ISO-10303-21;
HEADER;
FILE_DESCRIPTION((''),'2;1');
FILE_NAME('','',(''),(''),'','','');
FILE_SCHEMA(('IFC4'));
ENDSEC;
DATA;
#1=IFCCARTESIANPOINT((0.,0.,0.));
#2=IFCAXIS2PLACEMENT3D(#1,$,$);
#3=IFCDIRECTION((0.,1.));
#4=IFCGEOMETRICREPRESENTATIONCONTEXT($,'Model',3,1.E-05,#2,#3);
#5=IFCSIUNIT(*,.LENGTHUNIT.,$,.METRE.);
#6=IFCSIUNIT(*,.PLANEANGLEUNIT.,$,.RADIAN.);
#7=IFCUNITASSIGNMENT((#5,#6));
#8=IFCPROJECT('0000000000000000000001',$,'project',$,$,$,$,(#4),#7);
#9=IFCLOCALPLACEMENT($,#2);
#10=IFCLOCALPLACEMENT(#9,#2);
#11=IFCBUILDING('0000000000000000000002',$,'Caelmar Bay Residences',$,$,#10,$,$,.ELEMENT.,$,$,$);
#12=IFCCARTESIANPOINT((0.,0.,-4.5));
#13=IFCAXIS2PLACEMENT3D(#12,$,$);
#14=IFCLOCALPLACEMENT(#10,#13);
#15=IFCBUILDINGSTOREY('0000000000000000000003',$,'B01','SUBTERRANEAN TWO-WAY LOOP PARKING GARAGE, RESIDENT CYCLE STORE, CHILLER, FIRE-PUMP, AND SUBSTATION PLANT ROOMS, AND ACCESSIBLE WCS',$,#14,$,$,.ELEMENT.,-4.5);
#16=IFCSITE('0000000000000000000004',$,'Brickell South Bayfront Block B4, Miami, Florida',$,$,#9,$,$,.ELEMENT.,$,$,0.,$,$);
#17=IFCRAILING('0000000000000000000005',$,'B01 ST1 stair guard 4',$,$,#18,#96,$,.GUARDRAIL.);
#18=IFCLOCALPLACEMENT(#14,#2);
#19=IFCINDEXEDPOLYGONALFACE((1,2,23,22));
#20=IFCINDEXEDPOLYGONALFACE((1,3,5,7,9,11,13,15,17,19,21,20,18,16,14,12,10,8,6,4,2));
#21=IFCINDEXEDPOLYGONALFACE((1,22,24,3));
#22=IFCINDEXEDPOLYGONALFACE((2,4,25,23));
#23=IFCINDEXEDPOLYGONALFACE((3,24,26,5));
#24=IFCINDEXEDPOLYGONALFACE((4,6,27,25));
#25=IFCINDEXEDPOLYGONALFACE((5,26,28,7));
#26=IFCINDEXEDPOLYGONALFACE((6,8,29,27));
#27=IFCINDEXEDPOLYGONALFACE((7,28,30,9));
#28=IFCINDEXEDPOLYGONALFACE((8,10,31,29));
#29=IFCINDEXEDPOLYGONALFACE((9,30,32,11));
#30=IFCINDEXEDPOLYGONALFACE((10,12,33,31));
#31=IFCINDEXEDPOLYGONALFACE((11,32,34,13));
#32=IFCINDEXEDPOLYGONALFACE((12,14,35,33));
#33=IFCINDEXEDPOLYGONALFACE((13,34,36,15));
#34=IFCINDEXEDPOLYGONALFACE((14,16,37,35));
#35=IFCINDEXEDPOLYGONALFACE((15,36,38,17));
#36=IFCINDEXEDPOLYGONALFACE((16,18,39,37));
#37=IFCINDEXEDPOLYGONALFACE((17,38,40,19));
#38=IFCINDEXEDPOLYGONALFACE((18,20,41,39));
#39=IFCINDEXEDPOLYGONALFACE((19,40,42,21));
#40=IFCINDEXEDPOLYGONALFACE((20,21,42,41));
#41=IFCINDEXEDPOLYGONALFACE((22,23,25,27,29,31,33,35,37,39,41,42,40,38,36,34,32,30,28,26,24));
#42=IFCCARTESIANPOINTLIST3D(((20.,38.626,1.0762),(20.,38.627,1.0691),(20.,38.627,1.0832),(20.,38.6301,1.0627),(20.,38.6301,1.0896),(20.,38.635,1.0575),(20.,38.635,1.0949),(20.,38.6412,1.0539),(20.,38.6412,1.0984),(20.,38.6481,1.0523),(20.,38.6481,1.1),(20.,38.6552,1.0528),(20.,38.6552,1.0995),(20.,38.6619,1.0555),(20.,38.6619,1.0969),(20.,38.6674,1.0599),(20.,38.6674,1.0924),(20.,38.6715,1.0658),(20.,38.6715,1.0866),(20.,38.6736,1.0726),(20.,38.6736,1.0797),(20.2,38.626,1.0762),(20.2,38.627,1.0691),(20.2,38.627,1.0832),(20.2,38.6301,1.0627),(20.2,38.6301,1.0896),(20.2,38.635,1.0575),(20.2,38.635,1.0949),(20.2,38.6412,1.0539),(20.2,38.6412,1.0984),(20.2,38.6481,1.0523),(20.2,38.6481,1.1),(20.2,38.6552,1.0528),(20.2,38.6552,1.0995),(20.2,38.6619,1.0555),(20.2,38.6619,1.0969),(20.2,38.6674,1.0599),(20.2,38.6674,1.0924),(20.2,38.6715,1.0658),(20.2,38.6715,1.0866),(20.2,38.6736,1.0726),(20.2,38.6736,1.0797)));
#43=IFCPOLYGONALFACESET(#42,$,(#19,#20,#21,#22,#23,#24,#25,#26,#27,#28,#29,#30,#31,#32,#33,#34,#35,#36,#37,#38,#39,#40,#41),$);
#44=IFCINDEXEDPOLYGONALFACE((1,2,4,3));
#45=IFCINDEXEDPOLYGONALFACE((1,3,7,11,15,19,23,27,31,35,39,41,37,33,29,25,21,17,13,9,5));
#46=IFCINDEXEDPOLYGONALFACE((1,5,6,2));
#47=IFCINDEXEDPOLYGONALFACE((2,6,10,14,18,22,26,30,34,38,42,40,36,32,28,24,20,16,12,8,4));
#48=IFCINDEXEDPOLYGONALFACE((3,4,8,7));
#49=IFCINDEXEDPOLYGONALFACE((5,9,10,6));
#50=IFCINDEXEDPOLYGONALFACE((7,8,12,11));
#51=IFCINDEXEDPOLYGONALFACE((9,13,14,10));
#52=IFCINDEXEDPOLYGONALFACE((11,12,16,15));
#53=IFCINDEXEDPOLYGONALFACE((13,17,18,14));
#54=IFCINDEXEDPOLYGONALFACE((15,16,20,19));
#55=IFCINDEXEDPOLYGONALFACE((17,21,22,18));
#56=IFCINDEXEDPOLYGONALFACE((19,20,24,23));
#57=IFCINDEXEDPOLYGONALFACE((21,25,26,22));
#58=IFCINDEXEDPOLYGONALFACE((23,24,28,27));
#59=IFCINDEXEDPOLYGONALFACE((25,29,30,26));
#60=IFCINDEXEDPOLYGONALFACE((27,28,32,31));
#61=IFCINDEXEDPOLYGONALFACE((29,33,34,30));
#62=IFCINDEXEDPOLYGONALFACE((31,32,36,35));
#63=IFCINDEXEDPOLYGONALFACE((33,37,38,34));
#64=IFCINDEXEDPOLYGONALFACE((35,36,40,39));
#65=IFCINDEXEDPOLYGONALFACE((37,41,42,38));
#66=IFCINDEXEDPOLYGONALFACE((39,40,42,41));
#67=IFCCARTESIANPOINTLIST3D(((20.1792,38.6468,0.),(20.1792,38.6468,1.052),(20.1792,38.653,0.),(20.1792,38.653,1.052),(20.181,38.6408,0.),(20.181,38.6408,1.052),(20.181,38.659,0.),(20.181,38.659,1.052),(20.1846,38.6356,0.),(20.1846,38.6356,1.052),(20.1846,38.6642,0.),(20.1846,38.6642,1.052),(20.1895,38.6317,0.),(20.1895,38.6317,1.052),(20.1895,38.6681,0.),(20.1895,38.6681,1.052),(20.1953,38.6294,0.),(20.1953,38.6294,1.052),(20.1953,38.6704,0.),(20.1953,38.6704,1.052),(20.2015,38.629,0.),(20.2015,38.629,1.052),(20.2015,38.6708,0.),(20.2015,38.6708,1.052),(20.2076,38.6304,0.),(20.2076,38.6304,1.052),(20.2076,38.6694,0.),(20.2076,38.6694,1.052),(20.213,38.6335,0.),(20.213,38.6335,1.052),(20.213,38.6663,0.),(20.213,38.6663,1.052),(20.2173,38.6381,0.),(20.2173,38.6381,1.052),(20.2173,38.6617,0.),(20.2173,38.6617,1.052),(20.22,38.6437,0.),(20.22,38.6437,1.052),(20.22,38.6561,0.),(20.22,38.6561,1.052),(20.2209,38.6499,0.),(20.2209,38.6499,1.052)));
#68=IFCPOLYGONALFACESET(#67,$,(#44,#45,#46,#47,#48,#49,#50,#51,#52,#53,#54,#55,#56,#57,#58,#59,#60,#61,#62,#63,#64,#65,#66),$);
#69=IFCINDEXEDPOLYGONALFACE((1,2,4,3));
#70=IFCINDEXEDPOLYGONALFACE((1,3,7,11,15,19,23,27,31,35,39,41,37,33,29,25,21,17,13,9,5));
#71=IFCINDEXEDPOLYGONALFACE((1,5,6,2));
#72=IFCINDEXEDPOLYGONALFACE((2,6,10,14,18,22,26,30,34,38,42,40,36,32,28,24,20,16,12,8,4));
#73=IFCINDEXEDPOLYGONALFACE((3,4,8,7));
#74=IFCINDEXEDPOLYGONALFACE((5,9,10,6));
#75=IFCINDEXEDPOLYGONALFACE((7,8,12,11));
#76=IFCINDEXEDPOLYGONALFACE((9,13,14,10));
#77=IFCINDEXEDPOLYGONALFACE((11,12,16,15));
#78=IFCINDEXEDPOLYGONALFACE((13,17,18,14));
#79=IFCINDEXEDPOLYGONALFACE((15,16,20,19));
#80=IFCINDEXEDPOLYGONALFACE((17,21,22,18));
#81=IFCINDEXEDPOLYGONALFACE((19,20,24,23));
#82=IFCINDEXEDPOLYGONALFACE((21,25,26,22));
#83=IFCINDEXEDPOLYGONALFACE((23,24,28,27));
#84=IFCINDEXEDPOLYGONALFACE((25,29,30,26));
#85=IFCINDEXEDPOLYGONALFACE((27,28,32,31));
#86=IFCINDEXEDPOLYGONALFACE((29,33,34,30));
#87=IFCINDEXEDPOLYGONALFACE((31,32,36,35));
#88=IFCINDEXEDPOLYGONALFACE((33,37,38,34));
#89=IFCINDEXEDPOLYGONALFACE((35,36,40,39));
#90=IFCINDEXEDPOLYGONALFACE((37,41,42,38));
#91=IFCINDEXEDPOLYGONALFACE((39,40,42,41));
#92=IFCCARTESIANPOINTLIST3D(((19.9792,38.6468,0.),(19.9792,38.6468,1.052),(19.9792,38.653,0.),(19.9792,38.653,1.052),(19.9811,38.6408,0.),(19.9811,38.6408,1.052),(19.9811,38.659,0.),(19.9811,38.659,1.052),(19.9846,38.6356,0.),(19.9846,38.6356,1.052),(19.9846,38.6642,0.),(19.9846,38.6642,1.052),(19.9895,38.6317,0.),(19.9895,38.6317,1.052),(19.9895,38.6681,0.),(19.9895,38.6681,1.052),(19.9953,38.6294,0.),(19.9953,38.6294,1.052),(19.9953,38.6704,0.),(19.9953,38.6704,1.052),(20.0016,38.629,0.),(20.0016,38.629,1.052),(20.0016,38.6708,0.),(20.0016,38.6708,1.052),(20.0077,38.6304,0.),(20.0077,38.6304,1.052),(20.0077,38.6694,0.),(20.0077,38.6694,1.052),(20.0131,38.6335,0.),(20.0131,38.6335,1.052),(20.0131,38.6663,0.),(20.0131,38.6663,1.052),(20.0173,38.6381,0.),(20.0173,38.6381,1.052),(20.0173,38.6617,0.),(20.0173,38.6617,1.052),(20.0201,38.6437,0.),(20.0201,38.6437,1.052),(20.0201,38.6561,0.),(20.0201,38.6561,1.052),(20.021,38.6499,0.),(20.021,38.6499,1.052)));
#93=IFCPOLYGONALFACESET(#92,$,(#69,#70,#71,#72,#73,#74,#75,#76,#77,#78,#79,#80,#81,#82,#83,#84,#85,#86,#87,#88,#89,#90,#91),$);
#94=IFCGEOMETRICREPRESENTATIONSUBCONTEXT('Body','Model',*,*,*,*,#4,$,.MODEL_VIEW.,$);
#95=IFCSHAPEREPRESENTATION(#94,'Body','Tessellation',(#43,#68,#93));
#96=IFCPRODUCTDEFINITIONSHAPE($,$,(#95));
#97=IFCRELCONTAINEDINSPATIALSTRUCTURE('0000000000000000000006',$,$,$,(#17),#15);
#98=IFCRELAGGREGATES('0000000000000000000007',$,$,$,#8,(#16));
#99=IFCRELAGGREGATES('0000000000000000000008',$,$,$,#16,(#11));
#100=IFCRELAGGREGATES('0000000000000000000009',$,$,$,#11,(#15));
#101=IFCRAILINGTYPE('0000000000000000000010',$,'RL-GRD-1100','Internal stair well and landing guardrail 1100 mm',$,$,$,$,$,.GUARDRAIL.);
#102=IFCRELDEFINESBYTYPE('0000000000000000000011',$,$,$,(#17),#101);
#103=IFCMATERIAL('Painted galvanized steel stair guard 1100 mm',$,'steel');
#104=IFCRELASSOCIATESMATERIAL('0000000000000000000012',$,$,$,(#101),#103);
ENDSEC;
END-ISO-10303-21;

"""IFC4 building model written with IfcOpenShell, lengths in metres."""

from ifc_helpers import new_model, si_unit, direction, frame, origin, origin_2d, place, context, subcontext, project, spatial, circle, extrude, material, type_object, element, save


model = new_model("IFC4")

# Units and contexts
model_context = context("Model", 3, precision=1e-05, world=origin(), true_north=direction((0.0, 1.0)))
body_context = subcontext(model_context, "Body", "Model", "MODEL_VIEW")
ifc_project = project(units=[si_unit("LENGTHUNIT", "METRE"), si_unit("PLANEANGLEUNIT", "RADIAN")], contexts=[model_context])

# Site, building, storey
site_placement = place(None, origin())
site = spatial("IfcSite", under=ifc_project, at=site_placement, Name="Brickell South Bayfront Block B4, Miami, Florida", CompositionType="ELEMENT", RefElevation=0.0)
building_placement = place(site_placement, origin())
building = spatial("IfcBuilding", under=site, at=building_placement, Name="Caelmar Bay Residences", CompositionType="ELEMENT")
storey_placement = place(building_placement, frame((0.0, 0.0, -4.5)))
storey = spatial("IfcBuildingStorey", under=building, at=storey_placement, Name="B01", Description="SUBTERRANEAN TWO-WAY LOOP PARKING GARAGE, RESIDENT CYCLE STORE, CHILLER, FIRE-PUMP, AND SUBSTATION PLANT ROOMS, AND ACCESSIBLE WCS", CompositionType="ELEMENT", Elevation=-4.5)

# Railing
ifc_material_1 = material(Name="Painted galvanized steel stair guard 1100 mm", Category="steel")
railing_type_1 = type_object("IfcRailingType", Name="RL-GRD-1100", Description="Internal stair well and landing guardrail 1100 mm", PredefinedType="GUARDRAIL", material=ifc_material_1)
railing_1_placement = place(storey_placement, frame((20.2, 38.6499, 0.0)))
element("IfcRailing", 1, at=railing_1_placement, inside=storey, type_object=railing_type_1, Name="B01 ST1 stair guard 4", PredefinedType="GUARDRAIL", context=body_context, shape_type="SweptSolid", body=[
    extrude(circle(Radius=0.0239, at=origin_2d()), frame((0.0, 0.0, 1.0762), z_axis=(-1.0, 0.0, 0.0), x_axis=(0.0, -1.0, 0.0)), (0.0, 0.0, 1.0), 0.2),
    extrude(circle(Radius=0.021, at=origin_2d()), origin(), (0.0, 0.0, 1.0), 1.052),
    extrude(circle(Radius=0.021, at=origin_2d()), frame((-0.2, 0.0, 0.0)), (0.0, 0.0, 1.0), 1.052),
])

save(model, "model.ifc")
